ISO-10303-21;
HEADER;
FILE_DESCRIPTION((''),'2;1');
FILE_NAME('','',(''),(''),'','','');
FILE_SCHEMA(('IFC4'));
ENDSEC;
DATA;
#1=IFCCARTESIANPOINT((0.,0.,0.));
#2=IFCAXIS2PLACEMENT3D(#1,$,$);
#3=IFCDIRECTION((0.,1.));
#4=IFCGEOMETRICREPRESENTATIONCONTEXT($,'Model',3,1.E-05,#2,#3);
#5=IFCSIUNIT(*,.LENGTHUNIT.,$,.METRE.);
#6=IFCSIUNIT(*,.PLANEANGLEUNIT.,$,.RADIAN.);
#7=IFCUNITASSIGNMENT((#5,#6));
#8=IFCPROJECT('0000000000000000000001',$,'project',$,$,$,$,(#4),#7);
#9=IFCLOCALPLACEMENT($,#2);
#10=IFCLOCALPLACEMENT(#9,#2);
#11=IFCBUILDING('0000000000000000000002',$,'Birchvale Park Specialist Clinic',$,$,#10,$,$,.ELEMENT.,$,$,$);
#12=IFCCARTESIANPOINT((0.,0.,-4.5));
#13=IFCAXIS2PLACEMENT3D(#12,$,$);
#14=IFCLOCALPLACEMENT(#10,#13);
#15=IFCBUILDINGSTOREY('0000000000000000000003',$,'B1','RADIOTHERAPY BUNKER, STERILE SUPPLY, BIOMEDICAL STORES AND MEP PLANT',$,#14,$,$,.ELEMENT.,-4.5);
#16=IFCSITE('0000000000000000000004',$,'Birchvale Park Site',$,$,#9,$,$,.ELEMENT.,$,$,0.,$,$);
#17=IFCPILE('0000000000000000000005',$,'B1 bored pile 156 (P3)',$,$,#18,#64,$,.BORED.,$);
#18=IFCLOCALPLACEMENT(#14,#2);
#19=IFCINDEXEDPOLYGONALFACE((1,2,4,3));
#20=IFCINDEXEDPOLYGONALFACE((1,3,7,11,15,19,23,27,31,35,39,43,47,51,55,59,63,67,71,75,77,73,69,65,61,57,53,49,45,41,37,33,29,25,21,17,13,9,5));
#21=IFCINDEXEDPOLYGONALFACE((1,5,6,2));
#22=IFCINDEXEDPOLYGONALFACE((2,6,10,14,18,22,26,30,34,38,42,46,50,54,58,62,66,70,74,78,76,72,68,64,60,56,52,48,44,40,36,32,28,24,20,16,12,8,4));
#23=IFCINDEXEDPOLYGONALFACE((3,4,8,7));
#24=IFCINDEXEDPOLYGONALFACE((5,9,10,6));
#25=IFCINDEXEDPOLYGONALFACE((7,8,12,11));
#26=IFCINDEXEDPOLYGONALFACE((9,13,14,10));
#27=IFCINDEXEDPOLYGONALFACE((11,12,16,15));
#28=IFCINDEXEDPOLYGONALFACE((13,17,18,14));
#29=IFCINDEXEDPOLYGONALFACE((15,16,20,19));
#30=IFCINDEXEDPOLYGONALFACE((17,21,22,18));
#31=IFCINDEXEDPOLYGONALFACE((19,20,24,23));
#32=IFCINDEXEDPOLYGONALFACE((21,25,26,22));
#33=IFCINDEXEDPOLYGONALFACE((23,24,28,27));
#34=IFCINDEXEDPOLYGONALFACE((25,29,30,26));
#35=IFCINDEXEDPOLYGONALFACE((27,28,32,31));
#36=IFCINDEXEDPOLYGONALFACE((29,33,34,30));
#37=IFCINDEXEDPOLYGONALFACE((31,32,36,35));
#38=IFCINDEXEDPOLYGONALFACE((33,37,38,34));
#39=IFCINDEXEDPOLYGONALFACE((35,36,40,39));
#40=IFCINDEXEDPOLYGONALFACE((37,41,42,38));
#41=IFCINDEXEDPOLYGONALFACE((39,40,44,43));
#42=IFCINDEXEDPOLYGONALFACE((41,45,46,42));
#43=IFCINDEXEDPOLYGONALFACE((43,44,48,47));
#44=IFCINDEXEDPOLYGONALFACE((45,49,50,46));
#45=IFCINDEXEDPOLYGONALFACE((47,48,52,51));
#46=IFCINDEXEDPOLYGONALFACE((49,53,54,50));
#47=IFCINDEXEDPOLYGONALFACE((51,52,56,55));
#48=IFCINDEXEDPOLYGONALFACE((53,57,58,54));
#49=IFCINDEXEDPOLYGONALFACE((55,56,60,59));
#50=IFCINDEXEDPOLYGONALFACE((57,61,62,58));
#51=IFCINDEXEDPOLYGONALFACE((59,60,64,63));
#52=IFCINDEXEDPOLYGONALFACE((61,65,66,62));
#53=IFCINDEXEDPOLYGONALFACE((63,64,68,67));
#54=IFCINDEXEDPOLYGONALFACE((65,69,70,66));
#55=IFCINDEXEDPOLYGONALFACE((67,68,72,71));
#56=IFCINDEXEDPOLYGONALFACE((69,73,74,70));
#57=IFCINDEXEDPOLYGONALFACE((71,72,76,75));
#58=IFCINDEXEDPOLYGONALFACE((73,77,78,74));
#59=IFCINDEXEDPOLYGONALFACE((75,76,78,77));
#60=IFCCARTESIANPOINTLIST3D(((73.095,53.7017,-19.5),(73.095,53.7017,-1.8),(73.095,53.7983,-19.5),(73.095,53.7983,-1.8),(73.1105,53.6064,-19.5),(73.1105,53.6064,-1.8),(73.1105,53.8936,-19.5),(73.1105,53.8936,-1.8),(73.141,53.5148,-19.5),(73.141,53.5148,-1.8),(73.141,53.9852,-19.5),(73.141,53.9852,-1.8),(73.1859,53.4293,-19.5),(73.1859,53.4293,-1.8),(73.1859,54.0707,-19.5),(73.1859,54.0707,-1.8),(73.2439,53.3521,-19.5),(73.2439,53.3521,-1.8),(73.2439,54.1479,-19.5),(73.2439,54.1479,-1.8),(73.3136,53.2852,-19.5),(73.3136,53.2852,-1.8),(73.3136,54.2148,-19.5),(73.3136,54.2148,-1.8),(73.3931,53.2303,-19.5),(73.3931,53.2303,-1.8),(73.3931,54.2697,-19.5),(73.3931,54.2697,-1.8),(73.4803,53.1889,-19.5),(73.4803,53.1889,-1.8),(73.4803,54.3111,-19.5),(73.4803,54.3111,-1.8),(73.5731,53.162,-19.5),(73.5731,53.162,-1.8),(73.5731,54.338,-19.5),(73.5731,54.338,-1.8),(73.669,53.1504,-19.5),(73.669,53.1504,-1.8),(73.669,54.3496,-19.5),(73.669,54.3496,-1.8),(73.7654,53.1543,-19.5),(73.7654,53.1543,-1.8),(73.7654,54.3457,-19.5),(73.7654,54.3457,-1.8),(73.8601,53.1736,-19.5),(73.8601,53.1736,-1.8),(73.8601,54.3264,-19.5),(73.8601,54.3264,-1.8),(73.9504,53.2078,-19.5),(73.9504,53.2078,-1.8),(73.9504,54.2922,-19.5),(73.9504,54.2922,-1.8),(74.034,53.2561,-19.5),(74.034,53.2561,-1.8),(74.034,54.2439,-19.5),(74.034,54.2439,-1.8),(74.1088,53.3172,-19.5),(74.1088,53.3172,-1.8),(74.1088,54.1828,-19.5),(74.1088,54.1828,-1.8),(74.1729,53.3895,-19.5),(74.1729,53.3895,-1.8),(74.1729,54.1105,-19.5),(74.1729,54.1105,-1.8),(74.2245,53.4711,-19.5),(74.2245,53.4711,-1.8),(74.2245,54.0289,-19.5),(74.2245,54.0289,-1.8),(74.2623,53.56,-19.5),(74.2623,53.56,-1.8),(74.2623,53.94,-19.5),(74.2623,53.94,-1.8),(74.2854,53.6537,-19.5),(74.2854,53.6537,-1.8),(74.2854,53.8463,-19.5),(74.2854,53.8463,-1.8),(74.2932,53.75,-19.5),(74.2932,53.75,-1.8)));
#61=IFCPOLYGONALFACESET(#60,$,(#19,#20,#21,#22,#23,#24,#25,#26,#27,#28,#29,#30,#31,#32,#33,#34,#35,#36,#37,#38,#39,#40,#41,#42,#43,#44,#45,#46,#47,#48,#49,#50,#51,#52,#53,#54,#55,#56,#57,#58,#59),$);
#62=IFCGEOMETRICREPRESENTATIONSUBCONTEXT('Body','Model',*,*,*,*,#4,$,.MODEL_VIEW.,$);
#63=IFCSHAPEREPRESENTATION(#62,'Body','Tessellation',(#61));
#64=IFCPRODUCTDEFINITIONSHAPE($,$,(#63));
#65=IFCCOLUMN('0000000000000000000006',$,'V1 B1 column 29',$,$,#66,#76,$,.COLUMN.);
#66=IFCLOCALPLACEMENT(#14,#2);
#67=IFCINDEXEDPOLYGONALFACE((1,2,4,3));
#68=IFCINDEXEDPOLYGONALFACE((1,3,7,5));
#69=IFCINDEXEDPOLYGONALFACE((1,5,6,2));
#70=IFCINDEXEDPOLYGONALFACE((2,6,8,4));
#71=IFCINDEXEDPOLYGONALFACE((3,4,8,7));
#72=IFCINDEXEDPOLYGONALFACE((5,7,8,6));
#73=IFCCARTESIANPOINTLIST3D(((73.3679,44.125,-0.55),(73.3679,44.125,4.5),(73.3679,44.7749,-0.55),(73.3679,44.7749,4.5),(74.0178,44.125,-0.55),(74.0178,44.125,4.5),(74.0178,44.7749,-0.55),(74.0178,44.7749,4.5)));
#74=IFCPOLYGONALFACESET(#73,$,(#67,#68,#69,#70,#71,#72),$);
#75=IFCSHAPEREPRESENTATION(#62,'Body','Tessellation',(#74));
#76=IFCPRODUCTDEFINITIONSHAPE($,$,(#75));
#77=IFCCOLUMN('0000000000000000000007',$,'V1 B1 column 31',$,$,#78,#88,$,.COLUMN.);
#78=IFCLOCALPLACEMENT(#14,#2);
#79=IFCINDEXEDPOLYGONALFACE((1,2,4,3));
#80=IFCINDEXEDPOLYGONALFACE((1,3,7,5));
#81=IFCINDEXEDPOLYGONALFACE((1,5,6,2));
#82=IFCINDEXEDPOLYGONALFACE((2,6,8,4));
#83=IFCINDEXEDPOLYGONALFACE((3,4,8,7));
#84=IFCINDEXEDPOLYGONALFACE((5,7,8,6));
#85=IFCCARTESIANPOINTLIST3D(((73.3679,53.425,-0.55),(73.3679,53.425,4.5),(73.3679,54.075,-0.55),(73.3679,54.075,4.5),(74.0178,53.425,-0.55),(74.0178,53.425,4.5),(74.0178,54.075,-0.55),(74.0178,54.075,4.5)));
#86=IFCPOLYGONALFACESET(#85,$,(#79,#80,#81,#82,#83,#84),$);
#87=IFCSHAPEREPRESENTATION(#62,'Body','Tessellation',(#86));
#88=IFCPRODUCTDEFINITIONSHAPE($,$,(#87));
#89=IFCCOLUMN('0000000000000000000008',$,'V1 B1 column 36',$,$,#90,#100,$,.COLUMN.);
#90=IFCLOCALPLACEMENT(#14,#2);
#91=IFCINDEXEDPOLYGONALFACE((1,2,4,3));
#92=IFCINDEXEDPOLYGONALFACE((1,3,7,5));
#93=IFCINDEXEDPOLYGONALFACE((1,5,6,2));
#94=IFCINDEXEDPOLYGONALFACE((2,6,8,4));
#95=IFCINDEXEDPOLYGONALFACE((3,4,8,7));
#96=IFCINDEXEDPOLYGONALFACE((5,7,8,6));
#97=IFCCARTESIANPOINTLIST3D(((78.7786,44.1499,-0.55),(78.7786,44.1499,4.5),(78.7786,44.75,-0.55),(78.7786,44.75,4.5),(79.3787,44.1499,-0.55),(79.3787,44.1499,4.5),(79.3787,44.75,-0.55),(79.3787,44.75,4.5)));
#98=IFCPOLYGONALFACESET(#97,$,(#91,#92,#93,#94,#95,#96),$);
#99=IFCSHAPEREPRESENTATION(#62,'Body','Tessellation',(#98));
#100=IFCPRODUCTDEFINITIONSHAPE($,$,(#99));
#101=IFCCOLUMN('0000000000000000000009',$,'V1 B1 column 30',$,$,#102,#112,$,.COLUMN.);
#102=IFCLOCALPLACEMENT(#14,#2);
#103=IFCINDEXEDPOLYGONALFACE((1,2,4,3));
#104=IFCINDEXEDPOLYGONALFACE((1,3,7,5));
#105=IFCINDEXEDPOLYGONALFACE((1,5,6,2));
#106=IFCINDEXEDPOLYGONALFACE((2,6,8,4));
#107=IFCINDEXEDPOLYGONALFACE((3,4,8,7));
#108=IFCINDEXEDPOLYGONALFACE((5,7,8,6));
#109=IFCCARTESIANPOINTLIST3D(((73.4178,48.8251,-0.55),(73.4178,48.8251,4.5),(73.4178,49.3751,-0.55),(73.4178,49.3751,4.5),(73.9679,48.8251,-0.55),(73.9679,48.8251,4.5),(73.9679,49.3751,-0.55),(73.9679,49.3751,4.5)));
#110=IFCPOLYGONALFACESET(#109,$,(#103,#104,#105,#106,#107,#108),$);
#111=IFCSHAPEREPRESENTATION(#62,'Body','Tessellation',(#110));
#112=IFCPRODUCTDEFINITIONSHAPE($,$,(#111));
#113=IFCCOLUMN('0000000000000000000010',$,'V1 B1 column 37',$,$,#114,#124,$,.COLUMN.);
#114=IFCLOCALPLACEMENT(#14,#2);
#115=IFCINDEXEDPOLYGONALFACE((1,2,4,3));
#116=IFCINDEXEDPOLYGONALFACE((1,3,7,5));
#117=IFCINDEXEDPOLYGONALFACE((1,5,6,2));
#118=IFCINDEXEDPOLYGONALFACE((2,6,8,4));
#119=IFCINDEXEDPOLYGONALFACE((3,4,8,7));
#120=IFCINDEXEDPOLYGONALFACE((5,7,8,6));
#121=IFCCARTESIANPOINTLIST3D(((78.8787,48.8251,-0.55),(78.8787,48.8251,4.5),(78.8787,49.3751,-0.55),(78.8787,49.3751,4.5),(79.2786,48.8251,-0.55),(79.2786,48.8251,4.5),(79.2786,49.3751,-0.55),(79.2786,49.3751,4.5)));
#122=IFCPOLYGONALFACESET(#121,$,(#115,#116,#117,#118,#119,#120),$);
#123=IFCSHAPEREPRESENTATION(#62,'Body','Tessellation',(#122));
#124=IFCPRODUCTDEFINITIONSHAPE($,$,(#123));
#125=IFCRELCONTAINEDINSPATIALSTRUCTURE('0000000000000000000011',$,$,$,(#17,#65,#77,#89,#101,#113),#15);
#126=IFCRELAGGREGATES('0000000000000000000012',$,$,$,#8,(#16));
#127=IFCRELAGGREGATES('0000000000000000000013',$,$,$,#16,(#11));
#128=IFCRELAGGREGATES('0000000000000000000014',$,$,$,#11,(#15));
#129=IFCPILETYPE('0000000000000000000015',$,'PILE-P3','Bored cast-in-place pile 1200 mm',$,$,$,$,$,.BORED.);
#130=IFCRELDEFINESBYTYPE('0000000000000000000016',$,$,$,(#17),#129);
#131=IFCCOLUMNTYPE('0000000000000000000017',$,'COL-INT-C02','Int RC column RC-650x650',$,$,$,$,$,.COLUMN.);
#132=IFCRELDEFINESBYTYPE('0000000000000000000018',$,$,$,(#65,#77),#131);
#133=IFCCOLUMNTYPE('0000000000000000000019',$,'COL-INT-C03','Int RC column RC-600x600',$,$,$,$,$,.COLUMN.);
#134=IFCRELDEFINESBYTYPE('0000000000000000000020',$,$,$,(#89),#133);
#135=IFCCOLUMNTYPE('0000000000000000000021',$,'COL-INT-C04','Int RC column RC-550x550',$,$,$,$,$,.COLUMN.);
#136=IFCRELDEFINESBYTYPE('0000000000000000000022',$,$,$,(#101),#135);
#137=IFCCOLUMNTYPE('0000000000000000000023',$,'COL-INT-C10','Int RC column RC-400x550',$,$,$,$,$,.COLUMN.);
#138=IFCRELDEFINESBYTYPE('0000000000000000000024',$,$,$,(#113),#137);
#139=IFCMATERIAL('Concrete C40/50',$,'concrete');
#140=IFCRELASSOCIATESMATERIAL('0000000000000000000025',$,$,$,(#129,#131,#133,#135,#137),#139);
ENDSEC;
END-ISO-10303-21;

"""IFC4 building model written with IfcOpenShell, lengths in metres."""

from ifc_helpers import new_model, si_unit, direction, frame, origin, origin_2d, place, context, subcontext, project, spatial, rectangle, circle, extrude, material, material_profile, profile_set, type_object, element, save


model = new_model("IFC4")

# Units and contexts
model_context = context("Model", 3, precision=1e-05, world=origin(), true_north=direction((0.0, 1.0)))
body_context = subcontext(model_context, "Body", "Model", "MODEL_VIEW")
ifc_project = project(units=[si_unit("LENGTHUNIT", "METRE"), si_unit("PLANEANGLEUNIT", "RADIAN")], contexts=[model_context])

# Site, building, storey
site_placement = place(None, origin())
site = spatial("IfcSite", under=ifc_project, at=site_placement, Name="Birchvale Park Site", CompositionType="ELEMENT", RefElevation=0.0)
building_placement = place(site_placement, origin())
building = spatial("IfcBuilding", under=site, at=building_placement, Name="Birchvale Park Specialist Clinic", CompositionType="ELEMENT")
storey_placement = place(building_placement, frame((0.0, 0.0, -4.5)))
storey = spatial("IfcBuildingStorey", under=building, at=storey_placement, Name="B1", Description="RADIOTHERAPY BUNKER, STERILE SUPPLY, BIOMEDICAL STORES AND MEP PLANT", CompositionType="ELEMENT", Elevation=-4.5)

# Shared definitions
ifc_material = material(Name="Concrete C40/50", Category="concrete")

# Pile
ifc_material_profile_1 = material_profile(ifc_material, circle(Radius=0.6001, at=origin_2d()), Name="PILE-1200")
ifc_profile_set_1 = profile_set([ifc_material_profile_1], Name="Concrete C40/50")
pile_type_1 = type_object("IfcPileType", Name="PILE-P3", Description="Bored cast-in-place pile 1200 mm", PredefinedType="BORED", material=ifc_profile_set_1)
for number, where, z_axis, x_axis, name in (
    (1, (73.6931, 53.75, -1.8), (0.0, 0.0, -1.0), (1.0, 0.0, 0.0), "B1 bored pile 156 (P3)"),
):
    element("IfcPile", number, at=place(storey_placement, frame(where, z_axis=z_axis, x_axis=x_axis)), inside=storey, type_object=pile_type_1, Name=name, PredefinedType="BORED", context=body_context, shape_type="SweptSolid", body=[
        extrude(circle(Radius=0.6001, at=origin_2d()), origin(), (0.0, 0.0, 1.0), 17.7),
    ])

# Columns
ifc_material_profile_2 = material_profile(ifc_material, rectangle(XDim=0.6499, YDim=0.6499, at=origin_2d()), Name="RC-650x650")
ifc_profile_set_2 = profile_set([ifc_material_profile_2], Name="Concrete C40/50")
column_type_1 = type_object("IfcColumnType", Name="COL-INT-C02", Description="Int RC column RC-650x650", PredefinedType="COLUMN", material=ifc_profile_set_2)
for number, where, z_axis, x_axis, name in (
    (2, (73.6929, 44.45, -0.55), (0.0, 0.0, 1.0), (1.0, 0.0, 0.0), "V1 B1 column 29"),
    (3, (73.6929, 53.75, -0.55), (0.0, 0.0, 1.0), (1.0, 0.0, 0.0), "V1 B1 column 31"),
):
    element("IfcColumn", number, at=place(storey_placement, frame(where, z_axis=z_axis, x_axis=x_axis)), inside=storey, type_object=column_type_1, Name=name, PredefinedType="COLUMN", context=body_context, shape_type="SweptSolid", body=[
        extrude(rectangle(XDim=0.6499, YDim=0.6499, at=origin_2d()), origin(), (0.0, 0.0, 1.0), 5.05),
    ])
ifc_material_profile_3 = material_profile(ifc_material, rectangle(XDim=0.6001, YDim=0.6001, at=origin_2d()), Name="RC-600x600")
ifc_profile_set_3 = profile_set([ifc_material_profile_3], Name="Concrete C40/50")
column_type_2 = type_object("IfcColumnType", Name="COL-INT-C03", Description="Int RC column RC-600x600", PredefinedType="COLUMN", material=ifc_profile_set_3)
column_1_placement = place(storey_placement, frame((79.0786, 44.45, -0.55), z_axis=(0.0, 0.0, 1.0), x_axis=(1.0, 0.0, 0.0)))
element("IfcColumn", 4, at=column_1_placement, inside=storey, type_object=column_type_2, Name="V1 B1 column 36", PredefinedType="COLUMN", context=body_context, shape_type="SweptSolid", body=[
    extrude(rectangle(XDim=0.6001, YDim=0.6001, at=origin_2d()), origin(), (0.0, 0.0, 1.0), 5.05),
])
ifc_material_profile_4 = material_profile(ifc_material, rectangle(XDim=0.55, YDim=0.55, at=origin_2d()), Name="RC-550x550")
ifc_profile_set_4 = profile_set([ifc_material_profile_4], Name="Concrete C40/50")
column_type_3 = type_object("IfcColumnType", Name="COL-INT-C04", Description="Int RC column RC-550x550", PredefinedType="COLUMN", material=ifc_profile_set_4)
column_2_placement = place(storey_placement, frame((73.6929, 49.1001, -0.55), z_axis=(0.0, 0.0, 1.0), x_axis=(1.0, 0.0, 0.0)))
element("IfcColumn", 5, at=column_2_placement, inside=storey, type_object=column_type_3, Name="V1 B1 column 30", PredefinedType="COLUMN", context=body_context, shape_type="SweptSolid", body=[
    extrude(rectangle(XDim=0.55, YDim=0.55, at=origin_2d()), origin(), (0.0, 0.0, 1.0), 5.05),
])
ifc_material_profile_5 = material_profile(ifc_material, rectangle(XDim=0.3999, YDim=0.55, at=origin_2d()), Name="RC-400x550")
ifc_profile_set_5 = profile_set([ifc_material_profile_5], Name="Concrete C40/50")
column_type_4 = type_object("IfcColumnType", Name="COL-INT-C10", Description="Int RC column RC-400x550", PredefinedType="COLUMN", material=ifc_profile_set_5)
column_3_placement = place(storey_placement, frame((79.0786, 49.1001, -0.55), z_axis=(0.0, 0.0, 1.0), x_axis=(1.0, 0.0, 0.0)))
element("IfcColumn", 6, at=column_3_placement, inside=storey, type_object=column_type_4, Name="V1 B1 column 37", PredefinedType="COLUMN", context=body_context, shape_type="SweptSolid", body=[
    extrude(rectangle(XDim=0.3999, YDim=0.55, at=origin_2d()), origin(), (0.0, 0.0, 1.0), 5.05),
])

save(model, "model.ifc")
